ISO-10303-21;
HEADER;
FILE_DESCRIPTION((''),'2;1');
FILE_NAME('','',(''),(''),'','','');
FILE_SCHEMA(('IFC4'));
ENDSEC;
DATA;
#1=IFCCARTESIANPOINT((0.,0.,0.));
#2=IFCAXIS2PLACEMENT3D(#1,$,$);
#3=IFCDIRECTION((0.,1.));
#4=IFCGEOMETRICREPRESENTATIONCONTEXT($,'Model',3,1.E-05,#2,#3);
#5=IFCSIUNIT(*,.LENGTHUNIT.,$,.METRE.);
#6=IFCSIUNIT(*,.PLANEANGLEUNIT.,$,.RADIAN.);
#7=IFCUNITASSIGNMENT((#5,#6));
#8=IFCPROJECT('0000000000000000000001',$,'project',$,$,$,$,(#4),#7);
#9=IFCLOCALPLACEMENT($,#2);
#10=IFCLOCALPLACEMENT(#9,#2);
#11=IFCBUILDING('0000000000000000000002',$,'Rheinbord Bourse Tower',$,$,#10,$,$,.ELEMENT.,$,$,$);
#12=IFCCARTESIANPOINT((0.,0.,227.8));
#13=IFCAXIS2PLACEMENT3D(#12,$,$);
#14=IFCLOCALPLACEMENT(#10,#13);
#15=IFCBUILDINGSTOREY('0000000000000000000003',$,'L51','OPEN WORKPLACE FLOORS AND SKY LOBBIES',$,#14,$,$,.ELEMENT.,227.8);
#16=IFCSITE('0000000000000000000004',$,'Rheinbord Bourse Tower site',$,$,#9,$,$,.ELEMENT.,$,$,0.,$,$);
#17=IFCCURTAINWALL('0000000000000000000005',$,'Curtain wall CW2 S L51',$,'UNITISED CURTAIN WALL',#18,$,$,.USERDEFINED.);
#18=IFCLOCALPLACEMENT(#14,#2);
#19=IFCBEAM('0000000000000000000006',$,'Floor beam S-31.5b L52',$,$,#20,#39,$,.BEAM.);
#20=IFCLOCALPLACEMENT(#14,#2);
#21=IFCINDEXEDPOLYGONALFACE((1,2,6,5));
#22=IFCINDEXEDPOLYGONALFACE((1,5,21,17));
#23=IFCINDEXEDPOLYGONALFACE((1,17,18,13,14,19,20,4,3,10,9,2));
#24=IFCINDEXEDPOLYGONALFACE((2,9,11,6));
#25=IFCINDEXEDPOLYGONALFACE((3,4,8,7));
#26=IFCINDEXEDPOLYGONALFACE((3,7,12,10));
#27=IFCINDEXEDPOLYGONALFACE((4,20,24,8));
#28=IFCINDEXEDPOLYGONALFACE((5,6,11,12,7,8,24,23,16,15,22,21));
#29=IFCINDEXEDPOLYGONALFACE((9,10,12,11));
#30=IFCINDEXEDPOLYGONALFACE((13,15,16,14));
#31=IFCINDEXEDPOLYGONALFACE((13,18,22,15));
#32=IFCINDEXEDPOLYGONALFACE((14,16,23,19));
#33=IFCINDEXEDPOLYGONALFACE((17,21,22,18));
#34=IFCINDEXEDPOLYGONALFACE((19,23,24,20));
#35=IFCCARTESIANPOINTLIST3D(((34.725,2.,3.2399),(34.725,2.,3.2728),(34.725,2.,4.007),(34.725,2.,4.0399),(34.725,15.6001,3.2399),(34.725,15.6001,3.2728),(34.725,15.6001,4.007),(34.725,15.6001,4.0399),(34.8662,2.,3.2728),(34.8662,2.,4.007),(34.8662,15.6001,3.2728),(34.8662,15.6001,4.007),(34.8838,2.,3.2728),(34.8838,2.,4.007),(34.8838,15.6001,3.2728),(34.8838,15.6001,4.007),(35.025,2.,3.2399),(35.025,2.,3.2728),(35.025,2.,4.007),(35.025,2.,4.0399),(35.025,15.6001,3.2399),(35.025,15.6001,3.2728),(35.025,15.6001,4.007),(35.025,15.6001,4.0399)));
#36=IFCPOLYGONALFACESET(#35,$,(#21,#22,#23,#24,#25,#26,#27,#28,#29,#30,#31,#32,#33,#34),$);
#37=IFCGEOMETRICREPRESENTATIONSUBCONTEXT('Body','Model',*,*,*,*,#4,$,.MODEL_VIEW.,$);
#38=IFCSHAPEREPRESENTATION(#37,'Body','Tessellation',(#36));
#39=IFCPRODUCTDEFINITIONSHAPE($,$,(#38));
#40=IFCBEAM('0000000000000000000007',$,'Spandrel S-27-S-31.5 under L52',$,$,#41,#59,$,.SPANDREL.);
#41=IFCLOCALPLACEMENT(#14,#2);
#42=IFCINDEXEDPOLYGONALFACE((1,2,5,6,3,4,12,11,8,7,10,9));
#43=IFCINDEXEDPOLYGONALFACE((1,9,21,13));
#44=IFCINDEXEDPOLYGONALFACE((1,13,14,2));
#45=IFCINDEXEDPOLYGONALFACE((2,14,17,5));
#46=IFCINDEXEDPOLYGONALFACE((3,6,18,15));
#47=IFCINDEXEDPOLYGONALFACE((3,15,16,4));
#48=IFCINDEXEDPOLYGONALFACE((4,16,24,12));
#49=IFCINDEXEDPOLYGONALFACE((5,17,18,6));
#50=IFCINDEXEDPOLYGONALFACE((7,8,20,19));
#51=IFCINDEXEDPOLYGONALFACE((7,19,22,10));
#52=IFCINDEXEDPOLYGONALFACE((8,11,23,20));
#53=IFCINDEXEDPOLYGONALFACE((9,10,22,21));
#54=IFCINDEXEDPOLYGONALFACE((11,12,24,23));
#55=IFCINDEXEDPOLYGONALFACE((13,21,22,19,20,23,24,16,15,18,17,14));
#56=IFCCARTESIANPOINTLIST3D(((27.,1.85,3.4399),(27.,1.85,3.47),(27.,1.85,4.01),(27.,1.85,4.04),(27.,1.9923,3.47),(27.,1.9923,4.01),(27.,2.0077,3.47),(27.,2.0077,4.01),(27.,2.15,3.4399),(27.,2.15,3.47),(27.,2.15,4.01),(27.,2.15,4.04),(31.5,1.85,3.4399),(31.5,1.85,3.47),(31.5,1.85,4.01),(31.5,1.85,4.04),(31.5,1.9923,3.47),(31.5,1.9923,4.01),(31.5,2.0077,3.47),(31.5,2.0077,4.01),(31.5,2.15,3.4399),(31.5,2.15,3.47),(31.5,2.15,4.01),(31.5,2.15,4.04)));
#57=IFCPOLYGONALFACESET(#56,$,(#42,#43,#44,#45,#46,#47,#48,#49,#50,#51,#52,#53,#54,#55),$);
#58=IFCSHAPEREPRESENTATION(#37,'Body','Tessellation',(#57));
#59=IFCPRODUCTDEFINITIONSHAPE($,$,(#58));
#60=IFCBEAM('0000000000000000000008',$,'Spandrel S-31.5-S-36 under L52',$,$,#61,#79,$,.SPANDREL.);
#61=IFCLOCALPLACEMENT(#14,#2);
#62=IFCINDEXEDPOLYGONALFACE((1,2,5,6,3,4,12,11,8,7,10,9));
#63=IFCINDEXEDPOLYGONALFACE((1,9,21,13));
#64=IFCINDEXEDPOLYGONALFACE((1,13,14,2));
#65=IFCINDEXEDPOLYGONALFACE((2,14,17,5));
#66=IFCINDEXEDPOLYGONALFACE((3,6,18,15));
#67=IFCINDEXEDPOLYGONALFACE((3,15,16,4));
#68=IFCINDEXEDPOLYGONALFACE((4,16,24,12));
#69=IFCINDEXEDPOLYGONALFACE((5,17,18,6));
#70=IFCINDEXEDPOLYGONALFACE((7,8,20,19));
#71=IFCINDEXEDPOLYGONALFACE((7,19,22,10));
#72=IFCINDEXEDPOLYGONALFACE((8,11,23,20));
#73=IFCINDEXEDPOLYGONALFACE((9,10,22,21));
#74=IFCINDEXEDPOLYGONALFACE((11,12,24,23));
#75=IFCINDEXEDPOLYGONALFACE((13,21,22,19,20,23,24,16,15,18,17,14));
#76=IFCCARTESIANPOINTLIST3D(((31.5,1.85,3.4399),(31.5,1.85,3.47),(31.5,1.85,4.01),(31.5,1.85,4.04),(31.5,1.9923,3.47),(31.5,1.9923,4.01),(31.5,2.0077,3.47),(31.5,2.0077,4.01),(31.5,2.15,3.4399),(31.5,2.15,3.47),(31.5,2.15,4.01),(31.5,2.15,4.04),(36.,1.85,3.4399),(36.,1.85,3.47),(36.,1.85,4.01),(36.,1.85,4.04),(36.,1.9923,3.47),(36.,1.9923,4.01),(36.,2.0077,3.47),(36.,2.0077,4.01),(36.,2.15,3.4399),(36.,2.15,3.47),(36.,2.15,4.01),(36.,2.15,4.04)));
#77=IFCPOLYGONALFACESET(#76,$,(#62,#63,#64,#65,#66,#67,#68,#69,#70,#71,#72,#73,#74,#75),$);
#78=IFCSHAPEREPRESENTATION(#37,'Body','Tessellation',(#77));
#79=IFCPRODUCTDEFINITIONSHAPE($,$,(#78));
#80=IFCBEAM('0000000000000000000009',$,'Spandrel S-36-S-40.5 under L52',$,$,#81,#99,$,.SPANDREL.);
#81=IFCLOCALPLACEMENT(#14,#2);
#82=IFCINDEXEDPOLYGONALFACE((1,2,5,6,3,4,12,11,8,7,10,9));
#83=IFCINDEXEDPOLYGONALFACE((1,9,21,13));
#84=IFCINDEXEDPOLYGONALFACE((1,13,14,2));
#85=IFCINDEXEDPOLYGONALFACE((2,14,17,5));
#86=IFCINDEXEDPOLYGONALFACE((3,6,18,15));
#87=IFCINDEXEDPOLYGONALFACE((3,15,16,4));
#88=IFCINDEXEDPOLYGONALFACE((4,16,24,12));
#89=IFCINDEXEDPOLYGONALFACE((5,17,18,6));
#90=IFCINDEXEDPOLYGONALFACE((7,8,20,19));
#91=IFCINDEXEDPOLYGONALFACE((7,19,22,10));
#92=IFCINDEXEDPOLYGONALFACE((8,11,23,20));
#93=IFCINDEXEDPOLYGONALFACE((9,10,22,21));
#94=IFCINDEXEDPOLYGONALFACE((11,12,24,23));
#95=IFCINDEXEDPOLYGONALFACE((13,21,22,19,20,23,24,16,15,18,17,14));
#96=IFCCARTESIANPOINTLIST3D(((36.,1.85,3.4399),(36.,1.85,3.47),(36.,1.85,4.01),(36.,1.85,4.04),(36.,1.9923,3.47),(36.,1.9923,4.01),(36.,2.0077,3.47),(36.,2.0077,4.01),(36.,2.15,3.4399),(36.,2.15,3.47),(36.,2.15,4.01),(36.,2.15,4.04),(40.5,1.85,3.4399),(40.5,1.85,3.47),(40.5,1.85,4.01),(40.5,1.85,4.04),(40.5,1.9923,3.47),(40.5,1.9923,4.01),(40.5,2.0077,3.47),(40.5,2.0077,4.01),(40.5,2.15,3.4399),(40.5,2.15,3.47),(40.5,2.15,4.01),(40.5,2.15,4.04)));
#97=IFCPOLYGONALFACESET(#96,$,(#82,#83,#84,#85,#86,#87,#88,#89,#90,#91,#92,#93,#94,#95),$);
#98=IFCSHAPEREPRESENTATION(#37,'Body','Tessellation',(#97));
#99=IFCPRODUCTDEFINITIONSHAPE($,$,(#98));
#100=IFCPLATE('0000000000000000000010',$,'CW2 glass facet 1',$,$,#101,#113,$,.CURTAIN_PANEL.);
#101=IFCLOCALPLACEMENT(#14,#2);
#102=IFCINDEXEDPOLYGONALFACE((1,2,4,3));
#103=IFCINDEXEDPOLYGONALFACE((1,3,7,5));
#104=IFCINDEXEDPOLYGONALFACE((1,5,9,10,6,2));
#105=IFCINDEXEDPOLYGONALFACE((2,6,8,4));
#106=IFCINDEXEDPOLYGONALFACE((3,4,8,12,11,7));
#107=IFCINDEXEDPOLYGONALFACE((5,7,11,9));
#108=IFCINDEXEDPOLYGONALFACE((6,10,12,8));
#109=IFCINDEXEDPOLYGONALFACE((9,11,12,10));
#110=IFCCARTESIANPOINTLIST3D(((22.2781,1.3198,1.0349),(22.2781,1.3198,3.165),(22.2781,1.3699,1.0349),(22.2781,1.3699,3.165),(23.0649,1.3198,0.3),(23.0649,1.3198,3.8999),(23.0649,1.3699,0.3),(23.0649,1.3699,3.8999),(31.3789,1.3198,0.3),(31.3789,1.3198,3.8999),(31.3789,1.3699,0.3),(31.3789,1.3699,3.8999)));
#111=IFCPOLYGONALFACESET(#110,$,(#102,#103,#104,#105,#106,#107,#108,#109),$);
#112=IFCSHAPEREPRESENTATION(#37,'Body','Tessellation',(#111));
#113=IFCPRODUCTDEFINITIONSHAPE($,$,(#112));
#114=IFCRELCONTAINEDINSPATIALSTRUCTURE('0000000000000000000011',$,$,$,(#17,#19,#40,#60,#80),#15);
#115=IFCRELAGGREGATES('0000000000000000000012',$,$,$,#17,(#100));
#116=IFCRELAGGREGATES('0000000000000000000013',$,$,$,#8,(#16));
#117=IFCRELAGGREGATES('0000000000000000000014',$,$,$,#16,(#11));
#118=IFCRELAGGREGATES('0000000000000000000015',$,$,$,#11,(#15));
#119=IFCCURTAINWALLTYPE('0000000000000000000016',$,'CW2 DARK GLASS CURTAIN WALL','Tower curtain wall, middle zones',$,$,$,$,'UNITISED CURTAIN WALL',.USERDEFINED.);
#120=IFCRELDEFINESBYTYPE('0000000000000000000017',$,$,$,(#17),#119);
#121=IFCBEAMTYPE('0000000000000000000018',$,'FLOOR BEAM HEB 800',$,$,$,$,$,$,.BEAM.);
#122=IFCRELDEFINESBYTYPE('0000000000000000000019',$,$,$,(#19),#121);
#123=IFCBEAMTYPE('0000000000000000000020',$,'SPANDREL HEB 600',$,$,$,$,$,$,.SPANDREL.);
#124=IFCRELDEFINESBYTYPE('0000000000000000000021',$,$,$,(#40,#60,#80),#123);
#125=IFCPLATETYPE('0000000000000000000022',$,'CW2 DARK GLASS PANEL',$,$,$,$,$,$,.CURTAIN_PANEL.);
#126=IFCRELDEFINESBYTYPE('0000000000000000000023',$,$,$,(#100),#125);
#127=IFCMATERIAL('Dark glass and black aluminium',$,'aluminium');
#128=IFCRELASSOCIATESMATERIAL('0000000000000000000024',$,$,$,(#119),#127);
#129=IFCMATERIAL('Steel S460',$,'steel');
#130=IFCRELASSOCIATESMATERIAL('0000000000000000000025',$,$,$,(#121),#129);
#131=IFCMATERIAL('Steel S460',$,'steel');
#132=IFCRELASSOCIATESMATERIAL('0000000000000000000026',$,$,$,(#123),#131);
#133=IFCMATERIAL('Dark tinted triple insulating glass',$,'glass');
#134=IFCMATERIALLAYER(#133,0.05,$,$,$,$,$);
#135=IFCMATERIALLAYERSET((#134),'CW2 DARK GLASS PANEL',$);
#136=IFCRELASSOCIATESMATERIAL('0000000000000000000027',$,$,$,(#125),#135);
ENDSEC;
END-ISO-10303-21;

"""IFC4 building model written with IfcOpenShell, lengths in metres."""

from ifc_helpers import new_model, si_unit, direction, frame, origin, origin_2d, place, context, subcontext, project, spatial, polyline, i_section, outline, extrude, material, layer, layer_set, material_profile, profile_set, type_object, element, aggregate, save


model = new_model("IFC4")

# Units and contexts
model_context = context("Model", 3, precision=1e-05, world=origin(), true_north=direction((0.0, 1.0)))
body_context = subcontext(model_context, "Body", "Model", "MODEL_VIEW")
ifc_project = project(units=[si_unit("LENGTHUNIT", "METRE"), si_unit("PLANEANGLEUNIT", "RADIAN")], contexts=[model_context])

# Site, building, storey
site_placement = place(None, origin())
site = spatial("IfcSite", under=ifc_project, at=site_placement, Name="Rheinbord Bourse Tower site", CompositionType="ELEMENT", RefElevation=0.0)
building_placement = place(site_placement, origin())
building = spatial("IfcBuilding", under=site, at=building_placement, Name="Rheinbord Bourse Tower", CompositionType="ELEMENT")
storey_placement = place(building_placement, frame((0.0, 0.0, 227.8)))
storey = spatial("IfcBuildingStorey", under=building, at=storey_placement, Name="L51", Description="OPEN WORKPLACE FLOORS AND SKY LOBBIES", CompositionType="ELEMENT", Elevation=227.8)

# Curtain wall
ifc_material_1 = material(Name="Dark glass and black aluminium", Category="aluminium")
curtain_wall_type = type_object("IfcCurtainWallType", Name="CW2 DARK GLASS CURTAIN WALL", Description="Tower curtain wall, middle zones", ElementType="UNITISED CURTAIN WALL", PredefinedType="USERDEFINED", material=ifc_material_1)
curtain_wall_placement = place(storey_placement, origin())
curtain_wall = element("IfcCurtainWall", 1, at=curtain_wall_placement, inside=storey, type_object=curtain_wall_type, Name="Curtain wall CW2 S L51", ObjectType="UNITISED CURTAIN WALL", PredefinedType="USERDEFINED")

# Beams
ifc_material_2 = material(Name="Steel S460", Category="steel")
ifc_material_profile_1 = material_profile(ifc_material_2, i_section(OverallWidth=0.3, OverallDepth=0.8, WebThickness=0.0176, FlangeThickness=0.033, at=origin_2d()), Name="HEB 800")
ifc_profile_set_1 = profile_set([ifc_material_profile_1], Name="Steel S460")
beam_type_1 = type_object("IfcBeamType", Name="FLOOR BEAM HEB 800", PredefinedType="BEAM", material=ifc_profile_set_1)
for number, where, z_axis, x_axis, name in (
    (2, (34.875, 2.0, 3.6399), (0.0, 1.0, 0.0), (-1.0, 0.0, 0.0), "Floor beam S-31.5b L52"),
):
    element("IfcBeam", number, at=place(storey_placement, frame(where, z_axis=z_axis, x_axis=x_axis)), inside=storey, type_object=beam_type_1, Name=name, PredefinedType="BEAM", context=body_context, shape_type="SweptSolid", body=[
        extrude(i_section(OverallWidth=0.3, OverallDepth=0.8, WebThickness=0.0176, FlangeThickness=0.033, at=origin_2d()), origin(), (0.0, 0.0, 1.0), 13.6001),
    ])
ifc_material_3 = material(Name="Steel S460", Category="steel")
ifc_material_profile_2 = material_profile(ifc_material_3, i_section(OverallWidth=0.3, OverallDepth=0.6001, WebThickness=0.0154, FlangeThickness=0.03, at=origin_2d()), Name="HEB 600")
ifc_profile_set_2 = profile_set([ifc_material_profile_2], Name="Steel S460")
beam_type_2 = type_object("IfcBeamType", Name="SPANDREL HEB 600", PredefinedType="SPANDREL", material=ifc_profile_set_2)
for number, where, z_axis, x_axis, name in (
    (3, (27.0, 2.0, 3.74), (1.0, 0.0, 0.0), (0.0, 1.0, 0.0), "Spandrel S-27-S-31.5 under L52"),
    (4, (31.5, 2.0, 3.74), (1.0, 0.0, 0.0), (0.0, 1.0, 0.0), "Spandrel S-31.5-S-36 under L52"),
    (5, (36.0, 2.0, 3.74), (1.0, 0.0, 0.0), (0.0, 1.0, 0.0), "Spandrel S-36-S-40.5 under L52"),
):
    element("IfcBeam", number, at=place(storey_placement, frame(where, z_axis=z_axis, x_axis=x_axis)), inside=storey, type_object=beam_type_2, Name=name, PredefinedType="SPANDREL", context=body_context, shape_type="SweptSolid", body=[
        extrude(i_section(OverallWidth=0.3, OverallDepth=0.6001, WebThickness=0.0154, FlangeThickness=0.03, at=origin_2d()), origin(), (0.0, 0.0, 1.0), 4.5),
    ])

# Plate
ifc_material_4 = material(Name="Dark tinted triple insulating glass", Category="glass")
ifc_layer = layer(ifc_material_4, 0.05)
ifc_layer_set = layer_set([ifc_layer], Name="CW2 DARK GLASS PANEL")
plate_type = type_object("IfcPlateType", Name="CW2 DARK GLASS PANEL", PredefinedType="CURTAIN_PANEL", material=ifc_layer_set)
plate_placement = place(storey_placement, frame((31.3789, 1.3198, 3.8999), z_axis=(0.0, 1.0, 0.0), x_axis=(0.0, 0.0, -1.0)))
plate = element("IfcPlate", 6, at=plate_placement, type_object=plate_type, Name="CW2 glass facet 1", PredefinedType="CURTAIN_PANEL", context=body_context, shape_type="SweptSolid", body=[
    extrude(outline(polyline([(0.0, 0.0), (3.5999, 0.0), (3.5999, 8.314), (2.865, 9.1008), (0.7349, 9.1008), (0.0, 8.314), (0.0, 0.0)])), origin(), (0.0, 0.0, 1.0), 0.05),
])
aggregate(curtain_wall, [plate])

save(model, "model.ifc")
